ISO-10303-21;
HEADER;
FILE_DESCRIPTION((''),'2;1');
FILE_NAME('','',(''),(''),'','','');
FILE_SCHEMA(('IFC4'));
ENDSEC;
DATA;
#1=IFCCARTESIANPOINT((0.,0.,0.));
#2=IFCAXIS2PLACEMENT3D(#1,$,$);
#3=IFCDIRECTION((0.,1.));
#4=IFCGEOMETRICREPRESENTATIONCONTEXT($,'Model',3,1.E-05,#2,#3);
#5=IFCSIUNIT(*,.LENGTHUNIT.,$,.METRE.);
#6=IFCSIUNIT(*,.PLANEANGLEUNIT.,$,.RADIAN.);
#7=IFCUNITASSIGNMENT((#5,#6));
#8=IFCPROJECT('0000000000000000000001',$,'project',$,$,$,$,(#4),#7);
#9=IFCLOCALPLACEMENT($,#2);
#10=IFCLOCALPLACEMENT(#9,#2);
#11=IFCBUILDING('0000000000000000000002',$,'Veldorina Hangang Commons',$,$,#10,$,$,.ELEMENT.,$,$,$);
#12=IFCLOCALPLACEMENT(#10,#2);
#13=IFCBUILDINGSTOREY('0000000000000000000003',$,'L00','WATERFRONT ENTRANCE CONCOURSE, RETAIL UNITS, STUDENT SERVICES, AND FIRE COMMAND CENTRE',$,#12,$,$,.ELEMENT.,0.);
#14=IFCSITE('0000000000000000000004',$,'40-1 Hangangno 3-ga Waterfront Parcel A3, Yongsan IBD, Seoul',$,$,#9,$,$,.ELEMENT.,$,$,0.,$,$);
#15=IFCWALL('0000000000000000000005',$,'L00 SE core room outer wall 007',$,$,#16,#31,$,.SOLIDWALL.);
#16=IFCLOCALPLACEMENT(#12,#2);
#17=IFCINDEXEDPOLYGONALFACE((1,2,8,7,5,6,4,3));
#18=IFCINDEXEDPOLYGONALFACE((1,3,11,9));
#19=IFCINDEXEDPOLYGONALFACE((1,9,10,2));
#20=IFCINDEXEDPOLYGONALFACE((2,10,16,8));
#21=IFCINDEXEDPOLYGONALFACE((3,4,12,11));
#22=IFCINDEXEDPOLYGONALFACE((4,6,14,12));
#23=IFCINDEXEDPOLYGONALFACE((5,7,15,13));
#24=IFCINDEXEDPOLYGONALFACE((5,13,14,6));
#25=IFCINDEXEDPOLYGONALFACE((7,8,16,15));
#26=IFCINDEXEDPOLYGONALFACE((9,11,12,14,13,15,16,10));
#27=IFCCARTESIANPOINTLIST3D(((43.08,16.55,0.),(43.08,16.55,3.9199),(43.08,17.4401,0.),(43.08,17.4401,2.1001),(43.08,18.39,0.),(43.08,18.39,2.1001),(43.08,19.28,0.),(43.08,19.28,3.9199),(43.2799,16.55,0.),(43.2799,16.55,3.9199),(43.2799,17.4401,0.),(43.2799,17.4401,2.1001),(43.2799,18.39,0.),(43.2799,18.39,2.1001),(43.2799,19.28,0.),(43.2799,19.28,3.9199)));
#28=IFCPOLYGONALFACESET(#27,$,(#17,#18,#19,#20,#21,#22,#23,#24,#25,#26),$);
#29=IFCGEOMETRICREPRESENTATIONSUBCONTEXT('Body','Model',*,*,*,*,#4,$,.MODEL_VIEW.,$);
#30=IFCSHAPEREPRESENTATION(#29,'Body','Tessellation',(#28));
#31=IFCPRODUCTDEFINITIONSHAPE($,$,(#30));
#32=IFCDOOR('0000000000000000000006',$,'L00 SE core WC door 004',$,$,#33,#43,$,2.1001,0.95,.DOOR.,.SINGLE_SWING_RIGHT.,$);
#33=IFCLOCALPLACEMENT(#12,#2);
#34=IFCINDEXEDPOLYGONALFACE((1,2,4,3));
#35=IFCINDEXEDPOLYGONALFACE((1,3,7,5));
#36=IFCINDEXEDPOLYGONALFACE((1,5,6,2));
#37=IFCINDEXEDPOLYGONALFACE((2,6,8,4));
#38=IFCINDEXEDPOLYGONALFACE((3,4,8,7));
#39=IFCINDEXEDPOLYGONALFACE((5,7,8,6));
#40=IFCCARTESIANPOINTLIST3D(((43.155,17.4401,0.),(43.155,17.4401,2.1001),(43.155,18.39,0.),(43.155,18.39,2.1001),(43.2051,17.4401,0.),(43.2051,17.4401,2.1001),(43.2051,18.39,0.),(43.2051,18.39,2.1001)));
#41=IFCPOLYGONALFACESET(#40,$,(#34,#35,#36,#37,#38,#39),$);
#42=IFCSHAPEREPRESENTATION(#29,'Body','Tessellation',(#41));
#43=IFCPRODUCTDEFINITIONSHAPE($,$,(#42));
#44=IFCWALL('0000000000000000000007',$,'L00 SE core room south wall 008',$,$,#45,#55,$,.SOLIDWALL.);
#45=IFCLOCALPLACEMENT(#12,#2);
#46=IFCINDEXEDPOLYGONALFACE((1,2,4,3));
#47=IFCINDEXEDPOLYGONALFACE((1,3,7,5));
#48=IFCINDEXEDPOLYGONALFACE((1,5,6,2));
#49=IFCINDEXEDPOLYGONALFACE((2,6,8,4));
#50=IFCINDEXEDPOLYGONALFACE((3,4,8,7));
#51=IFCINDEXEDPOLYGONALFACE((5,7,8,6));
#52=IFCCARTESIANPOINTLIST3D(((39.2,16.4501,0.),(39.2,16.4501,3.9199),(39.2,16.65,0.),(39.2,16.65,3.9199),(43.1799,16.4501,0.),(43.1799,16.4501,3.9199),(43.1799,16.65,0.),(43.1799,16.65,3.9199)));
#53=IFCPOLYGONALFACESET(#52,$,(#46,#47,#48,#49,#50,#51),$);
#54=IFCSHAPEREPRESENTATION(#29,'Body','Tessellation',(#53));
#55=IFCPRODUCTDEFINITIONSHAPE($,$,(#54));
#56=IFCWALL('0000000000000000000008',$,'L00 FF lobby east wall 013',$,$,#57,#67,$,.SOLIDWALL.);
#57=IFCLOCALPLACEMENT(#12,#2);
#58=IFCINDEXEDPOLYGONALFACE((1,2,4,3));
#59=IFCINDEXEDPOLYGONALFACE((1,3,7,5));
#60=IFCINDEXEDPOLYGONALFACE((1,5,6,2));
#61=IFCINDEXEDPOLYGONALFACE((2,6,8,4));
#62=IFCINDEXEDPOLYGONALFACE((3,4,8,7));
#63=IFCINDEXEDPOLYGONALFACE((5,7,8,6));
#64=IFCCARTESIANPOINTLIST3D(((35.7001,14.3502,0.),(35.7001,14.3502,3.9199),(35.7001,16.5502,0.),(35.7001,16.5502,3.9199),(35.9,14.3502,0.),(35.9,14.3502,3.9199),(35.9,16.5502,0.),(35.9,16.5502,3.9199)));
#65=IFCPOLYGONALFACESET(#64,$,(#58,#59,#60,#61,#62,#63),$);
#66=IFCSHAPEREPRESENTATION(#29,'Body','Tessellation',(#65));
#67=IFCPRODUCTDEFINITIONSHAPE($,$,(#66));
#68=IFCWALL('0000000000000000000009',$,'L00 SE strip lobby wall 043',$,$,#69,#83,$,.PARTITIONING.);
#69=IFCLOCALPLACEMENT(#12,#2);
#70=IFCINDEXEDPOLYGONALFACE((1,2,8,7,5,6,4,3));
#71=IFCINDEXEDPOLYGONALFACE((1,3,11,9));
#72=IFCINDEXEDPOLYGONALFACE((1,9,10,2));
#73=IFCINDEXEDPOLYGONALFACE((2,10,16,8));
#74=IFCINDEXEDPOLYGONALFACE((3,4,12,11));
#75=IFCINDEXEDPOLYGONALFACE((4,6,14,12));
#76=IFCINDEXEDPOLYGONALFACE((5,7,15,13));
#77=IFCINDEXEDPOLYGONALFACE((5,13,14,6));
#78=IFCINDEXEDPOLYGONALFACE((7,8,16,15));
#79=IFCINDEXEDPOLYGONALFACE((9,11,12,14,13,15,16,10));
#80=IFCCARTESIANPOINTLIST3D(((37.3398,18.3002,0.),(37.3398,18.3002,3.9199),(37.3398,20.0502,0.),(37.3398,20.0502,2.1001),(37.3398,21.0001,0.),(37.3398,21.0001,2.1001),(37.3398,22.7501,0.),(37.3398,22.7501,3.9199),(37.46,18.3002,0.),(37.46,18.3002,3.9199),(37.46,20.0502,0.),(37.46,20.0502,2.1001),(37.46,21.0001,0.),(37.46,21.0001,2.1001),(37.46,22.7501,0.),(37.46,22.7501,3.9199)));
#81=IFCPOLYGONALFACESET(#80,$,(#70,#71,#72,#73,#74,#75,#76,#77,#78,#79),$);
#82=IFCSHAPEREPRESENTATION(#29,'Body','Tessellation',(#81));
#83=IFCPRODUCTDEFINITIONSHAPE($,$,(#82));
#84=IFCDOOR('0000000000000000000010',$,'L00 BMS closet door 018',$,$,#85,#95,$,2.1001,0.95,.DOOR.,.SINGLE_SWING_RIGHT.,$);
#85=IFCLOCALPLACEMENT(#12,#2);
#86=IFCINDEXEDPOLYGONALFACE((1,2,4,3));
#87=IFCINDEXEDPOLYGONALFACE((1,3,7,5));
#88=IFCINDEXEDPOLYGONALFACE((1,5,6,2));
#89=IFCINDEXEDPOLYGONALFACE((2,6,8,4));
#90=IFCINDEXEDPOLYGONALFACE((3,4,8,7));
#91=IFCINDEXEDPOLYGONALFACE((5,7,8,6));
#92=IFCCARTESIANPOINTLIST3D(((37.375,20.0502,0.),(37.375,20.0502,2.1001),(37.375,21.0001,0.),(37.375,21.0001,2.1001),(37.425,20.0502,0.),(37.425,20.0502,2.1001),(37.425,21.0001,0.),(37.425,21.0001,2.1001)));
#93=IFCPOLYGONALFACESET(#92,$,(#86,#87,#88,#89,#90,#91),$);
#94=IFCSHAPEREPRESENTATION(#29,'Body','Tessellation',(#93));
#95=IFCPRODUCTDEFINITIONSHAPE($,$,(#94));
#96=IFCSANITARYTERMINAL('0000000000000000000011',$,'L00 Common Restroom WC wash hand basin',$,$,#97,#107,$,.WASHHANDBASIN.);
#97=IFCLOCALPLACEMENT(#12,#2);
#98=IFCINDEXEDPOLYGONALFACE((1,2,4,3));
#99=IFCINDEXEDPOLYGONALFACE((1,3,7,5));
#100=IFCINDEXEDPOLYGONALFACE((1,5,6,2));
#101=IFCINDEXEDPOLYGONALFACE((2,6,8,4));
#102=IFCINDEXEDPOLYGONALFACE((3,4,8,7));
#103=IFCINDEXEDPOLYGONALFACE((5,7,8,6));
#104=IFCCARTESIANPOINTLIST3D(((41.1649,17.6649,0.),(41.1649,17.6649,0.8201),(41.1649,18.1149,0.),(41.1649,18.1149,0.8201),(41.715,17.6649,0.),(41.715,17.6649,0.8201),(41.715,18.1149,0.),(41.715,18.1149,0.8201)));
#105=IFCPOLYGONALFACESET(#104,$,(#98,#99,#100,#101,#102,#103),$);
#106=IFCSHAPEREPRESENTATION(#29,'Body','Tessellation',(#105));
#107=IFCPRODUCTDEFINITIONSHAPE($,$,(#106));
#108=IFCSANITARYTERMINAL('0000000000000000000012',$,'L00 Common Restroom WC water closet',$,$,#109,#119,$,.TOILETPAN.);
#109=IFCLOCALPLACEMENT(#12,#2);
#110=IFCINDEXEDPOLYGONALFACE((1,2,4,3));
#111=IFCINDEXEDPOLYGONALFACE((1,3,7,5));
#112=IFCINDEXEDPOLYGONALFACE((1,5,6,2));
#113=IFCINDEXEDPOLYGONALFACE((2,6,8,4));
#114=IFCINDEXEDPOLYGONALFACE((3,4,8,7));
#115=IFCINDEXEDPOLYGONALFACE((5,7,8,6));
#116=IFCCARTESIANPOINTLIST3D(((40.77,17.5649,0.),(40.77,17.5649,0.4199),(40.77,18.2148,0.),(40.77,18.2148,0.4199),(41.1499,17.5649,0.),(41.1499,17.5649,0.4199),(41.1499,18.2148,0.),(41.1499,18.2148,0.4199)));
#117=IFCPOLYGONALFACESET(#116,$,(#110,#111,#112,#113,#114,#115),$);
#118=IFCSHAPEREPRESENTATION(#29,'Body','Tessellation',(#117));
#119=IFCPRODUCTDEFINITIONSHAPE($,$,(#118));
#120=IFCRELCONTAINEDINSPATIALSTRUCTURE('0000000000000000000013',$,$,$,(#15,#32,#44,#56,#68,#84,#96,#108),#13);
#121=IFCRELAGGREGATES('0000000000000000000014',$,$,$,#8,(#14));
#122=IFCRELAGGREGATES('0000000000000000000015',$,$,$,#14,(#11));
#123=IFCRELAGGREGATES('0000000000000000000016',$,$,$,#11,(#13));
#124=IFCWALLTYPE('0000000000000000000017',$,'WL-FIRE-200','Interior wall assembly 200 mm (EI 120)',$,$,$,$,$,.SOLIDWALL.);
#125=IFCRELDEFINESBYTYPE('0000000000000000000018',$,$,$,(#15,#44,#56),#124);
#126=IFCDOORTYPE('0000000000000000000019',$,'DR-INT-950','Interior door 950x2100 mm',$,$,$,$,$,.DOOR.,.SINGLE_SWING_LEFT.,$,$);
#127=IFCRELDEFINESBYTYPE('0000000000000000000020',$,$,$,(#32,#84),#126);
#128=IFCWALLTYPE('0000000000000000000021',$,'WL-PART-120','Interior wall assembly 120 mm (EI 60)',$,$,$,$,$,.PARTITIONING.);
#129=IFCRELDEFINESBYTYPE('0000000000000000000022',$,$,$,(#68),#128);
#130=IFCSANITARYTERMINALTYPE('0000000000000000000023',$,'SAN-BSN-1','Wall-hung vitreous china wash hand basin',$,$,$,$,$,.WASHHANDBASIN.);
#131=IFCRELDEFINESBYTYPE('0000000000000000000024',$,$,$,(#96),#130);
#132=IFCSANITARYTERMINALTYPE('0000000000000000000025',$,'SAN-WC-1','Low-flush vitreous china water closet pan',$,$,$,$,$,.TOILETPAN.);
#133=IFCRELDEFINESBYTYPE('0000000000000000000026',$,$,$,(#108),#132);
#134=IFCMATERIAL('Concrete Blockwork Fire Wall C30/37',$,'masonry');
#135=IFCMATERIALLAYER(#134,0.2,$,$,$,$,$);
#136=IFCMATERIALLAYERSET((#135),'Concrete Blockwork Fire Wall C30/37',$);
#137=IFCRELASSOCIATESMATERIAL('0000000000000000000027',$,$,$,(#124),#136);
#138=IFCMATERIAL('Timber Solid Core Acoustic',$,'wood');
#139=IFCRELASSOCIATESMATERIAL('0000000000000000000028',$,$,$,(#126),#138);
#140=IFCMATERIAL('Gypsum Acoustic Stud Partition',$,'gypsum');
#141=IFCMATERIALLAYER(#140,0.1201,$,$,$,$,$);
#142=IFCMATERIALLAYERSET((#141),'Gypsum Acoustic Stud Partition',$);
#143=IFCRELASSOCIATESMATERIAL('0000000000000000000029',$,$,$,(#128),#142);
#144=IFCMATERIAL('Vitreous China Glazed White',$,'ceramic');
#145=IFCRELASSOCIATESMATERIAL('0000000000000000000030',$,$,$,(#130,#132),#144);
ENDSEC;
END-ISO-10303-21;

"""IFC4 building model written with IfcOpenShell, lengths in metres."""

from ifc_helpers import new_model, si_unit, direction, frame, frame_2d, origin, origin_2d, place, context, subcontext, project, spatial, rectangle, extrude, material, layer, layer_set, type_object, element, fill, save


model = new_model("IFC4")

# Units and contexts
model_context = context("Model", 3, precision=1e-05, world=origin(), true_north=direction((0.0, 1.0)))
body_context = subcontext(model_context, "Body", "Model", "MODEL_VIEW")
ifc_project = project(units=[si_unit("LENGTHUNIT", "METRE"), si_unit("PLANEANGLEUNIT", "RADIAN")], contexts=[model_context])

# Site, building, storey
site_placement = place(None, origin())
site = spatial("IfcSite", under=ifc_project, at=site_placement, Name="40-1 Hangangno 3-ga Waterfront Parcel A3, Yongsan IBD, Seoul", CompositionType="ELEMENT", RefElevation=0.0)
building_placement = place(site_placement, origin())
building = spatial("IfcBuilding", under=site, at=building_placement, Name="Veldorina Hangang Commons", CompositionType="ELEMENT")
storey_placement = place(building_placement, origin())
storey = spatial("IfcBuildingStorey", under=building, at=storey_placement, Name="L00", Description="WATERFRONT ENTRANCE CONCOURSE, RETAIL UNITS, STUDENT SERVICES, AND FIRE COMMAND CENTRE", CompositionType="ELEMENT", Elevation=0.0)

# Wall, opening, door
ifc_material_1 = material(Name="Concrete Blockwork Fire Wall C30/37", Category="masonry")
ifc_layer_1 = layer(ifc_material_1, 0.2)
ifc_layer_set_1 = layer_set([ifc_layer_1], Name="Concrete Blockwork Fire Wall C30/37")
wall_type_1 = type_object("IfcWallType", Name="WL-FIRE-200", Description="Interior wall assembly 200 mm (EI 120)", PredefinedType="SOLIDWALL", material=ifc_layer_set_1)
wall_1_placement = place(storey_placement, frame((43.1799, 16.55, 0.0), z_axis=(0.0, 0.0, 1.0), x_axis=(0.0, 1.0, 0.0)))
wall_1 = element("IfcWall", 1, at=wall_1_placement, inside=storey, type_object=wall_type_1, Name="L00 SE core room outer wall 007", PredefinedType="SOLIDWALL", context=body_context, shape_type="SweptSolid", body=[
    extrude(rectangle(XDim=2.73, YDim=0.2, at=frame_2d((1.365, 0.0))), origin(), (0.0, 0.0, 1.0), 3.9199),
])
opening_1_placement = place(wall_1_placement, frame((0.8899, 0.0, 0.0)))
opening_1 = element("IfcOpeningElement", 2, at=opening_1_placement, cuts=wall_1, PredefinedType="OPENING", context=body_context, shape_type="SweptSolid", body=[
    extrude(rectangle(XDim=0.95, YDim=2.1001, at=frame_2d((0.4751, 1.05))), frame((0.0, 0.1099, 0.0), z_axis=(0.0, -1.0, 0.0), x_axis=(1.0, 0.0, 0.0)), (0.0, 0.0, 1.0), 0.22),
])
ifc_material_2 = material(Name="Timber Solid Core Acoustic", Category="wood")
door_type_1 = type_object("IfcDoorType", Name="DR-INT-950", Description="Interior door 950x2100 mm", OperationType="SINGLE_SWING_LEFT", PredefinedType="DOOR", material=ifc_material_2)
door_1_placement = place(opening_1_placement, origin())
door_1 = element("IfcDoor", 3, at=door_1_placement, inside=storey, type_object=door_type_1, Name="L00 SE core WC door 004", OperationType="SINGLE_SWING_RIGHT", OverallHeight=2.1001, OverallWidth=0.95, PredefinedType="DOOR", context=body_context, shape_type="SweptSolid", body=[
    extrude(rectangle(XDim=0.95, YDim=2.1001, at=frame_2d((0.4751, 1.05))), frame((0.0, 0.0249, 0.0), z_axis=(0.0, -1.0, 0.0), x_axis=(1.0, 0.0, 0.0)), (0.0, 0.0, 1.0), 0.05),
])
fill(opening_1, door_1)

# Walls
wall_2_placement = place(storey_placement, frame((39.2, 16.55, 0.0), z_axis=(0.0, 0.0, 1.0), x_axis=(1.0, 0.0, 0.0)))
element("IfcWall", 4, at=wall_2_placement, inside=storey, type_object=wall_type_1, Name="L00 SE core room south wall 008", PredefinedType="SOLIDWALL", context=body_context, shape_type="SweptSolid", body=[
    extrude(rectangle(XDim=3.98, YDim=0.2, at=frame_2d((1.99, 0.0))), origin(), (0.0, 0.0, 1.0), 3.9199),
])
wall_3_placement = place(storey_placement, frame((35.8, 14.3501, 0.0), z_axis=(0.0, 0.0, 1.0), x_axis=(0.0, 1.0, 0.0)))
element("IfcWall", 5, at=wall_3_placement, inside=storey, type_object=wall_type_1, Name="L00 FF lobby east wall 013", PredefinedType="SOLIDWALL", context=body_context, shape_type="SweptSolid", body=[
    extrude(rectangle(XDim=2.2, YDim=0.2, at=frame_2d((1.1001, 0.0))), origin(), (0.0, 0.0, 1.0), 3.9199),
])

# Wall, opening, door
ifc_material_3 = material(Name="Gypsum Acoustic Stud Partition", Category="gypsum")
ifc_layer_2 = layer(ifc_material_3, 0.1201)
ifc_layer_set_2 = layer_set([ifc_layer_2], Name="Gypsum Acoustic Stud Partition")
wall_type_2 = type_object("IfcWallType", Name="WL-PART-120", Description="Interior wall assembly 120 mm (EI 60)", PredefinedType="PARTITIONING", material=ifc_layer_set_2)
wall_4_placement = place(storey_placement, frame((37.3999, 18.3, 0.0), z_axis=(0.0, 0.0, 1.0), x_axis=(0.0, 1.0, 0.0)))
wall_4 = element("IfcWall", 6, at=wall_4_placement, inside=storey, type_object=wall_type_2, Name="L00 SE strip lobby wall 043", PredefinedType="PARTITIONING", context=body_context, shape_type="SweptSolid", body=[
    extrude(rectangle(XDim=4.45, YDim=0.1201, at=frame_2d((2.2251, 0.0))), origin(), (0.0, 0.0, 1.0), 3.9199),
])
opening_2_placement = place(wall_4_placement, frame((1.75, 0.0, 0.0)))
opening_2 = element("IfcOpeningElement", 7, at=opening_2_placement, cuts=wall_4, PredefinedType="OPENING", context=body_context, shape_type="SweptSolid", body=[
    extrude(rectangle(XDim=0.95, YDim=2.1001, at=frame_2d((0.4751, 1.05))), frame((0.0, 0.0701, 0.0), z_axis=(0.0, -1.0, 0.0), x_axis=(1.0, 0.0, 0.0)), (0.0, 0.0, 1.0), 0.1401),
])
door_2_placement = place(opening_2_placement, origin())
door_2 = element("IfcDoor", 8, at=door_2_placement, inside=storey, type_object=door_type_1, Name="L00 BMS closet door 018", OperationType="SINGLE_SWING_RIGHT", OverallHeight=2.1001, OverallWidth=0.95, PredefinedType="DOOR", context=body_context, shape_type="SweptSolid", body=[
    extrude(rectangle(XDim=0.95, YDim=2.1001, at=frame_2d((0.4751, 1.05))), frame((0.0, 0.0249, 0.0), z_axis=(0.0, -1.0, 0.0), x_axis=(1.0, 0.0, 0.0)), (0.0, 0.0, 1.0), 0.05),
])
fill(opening_2, door_2)

# Sanitary terminals
ifc_material_4 = material(Name="Vitreous China Glazed White", Category="ceramic")
sanitary_terminal_type_1 = type_object("IfcSanitaryTerminalType", Name="SAN-BSN-1", Description="Wall-hung vitreous china wash hand basin", PredefinedType="WASHHANDBASIN", material=ifc_material_4)
sanitary_terminal_1_placement = place(storey_placement, frame((41.4399, 17.8899, 0.0), z_axis=(0.0, 0.0, 1.0), x_axis=(1.0, 0.0, 0.0)))
element("IfcSanitaryTerminal", 9, at=sanitary_terminal_1_placement, inside=storey, type_object=sanitary_terminal_type_1, Name="L00 Common Restroom WC wash hand basin", PredefinedType="WASHHANDBASIN", context=body_context, shape_type="SweptSolid", body=[
    extrude(rectangle(XDim=0.55, YDim=0.45, at=origin_2d()), origin(), (0.0, 0.0, 1.0), 0.8201),
])
sanitary_terminal_type_2 = type_object("IfcSanitaryTerminalType", Name="SAN-WC-1", Description="Low-flush vitreous china water closet pan", PredefinedType="TOILETPAN", material=ifc_material_4)
sanitary_terminal_2_placement = place(storey_placement, frame((40.96, 17.8899, 0.0), z_axis=(0.0, 0.0, 1.0), x_axis=(1.0, 0.0, 0.0)))
element("IfcSanitaryTerminal", 10, at=sanitary_terminal_2_placement, inside=storey, type_object=sanitary_terminal_type_2, Name="L00 Common Restroom WC water closet", PredefinedType="TOILETPAN", context=body_context, shape_type="SweptSolid", body=[
    extrude(rectangle(XDim=0.3799, YDim=0.6499, at=origin_2d()), origin(), (0.0, 0.0, 1.0), 0.4199),
])

save(model, "model.ifc")
